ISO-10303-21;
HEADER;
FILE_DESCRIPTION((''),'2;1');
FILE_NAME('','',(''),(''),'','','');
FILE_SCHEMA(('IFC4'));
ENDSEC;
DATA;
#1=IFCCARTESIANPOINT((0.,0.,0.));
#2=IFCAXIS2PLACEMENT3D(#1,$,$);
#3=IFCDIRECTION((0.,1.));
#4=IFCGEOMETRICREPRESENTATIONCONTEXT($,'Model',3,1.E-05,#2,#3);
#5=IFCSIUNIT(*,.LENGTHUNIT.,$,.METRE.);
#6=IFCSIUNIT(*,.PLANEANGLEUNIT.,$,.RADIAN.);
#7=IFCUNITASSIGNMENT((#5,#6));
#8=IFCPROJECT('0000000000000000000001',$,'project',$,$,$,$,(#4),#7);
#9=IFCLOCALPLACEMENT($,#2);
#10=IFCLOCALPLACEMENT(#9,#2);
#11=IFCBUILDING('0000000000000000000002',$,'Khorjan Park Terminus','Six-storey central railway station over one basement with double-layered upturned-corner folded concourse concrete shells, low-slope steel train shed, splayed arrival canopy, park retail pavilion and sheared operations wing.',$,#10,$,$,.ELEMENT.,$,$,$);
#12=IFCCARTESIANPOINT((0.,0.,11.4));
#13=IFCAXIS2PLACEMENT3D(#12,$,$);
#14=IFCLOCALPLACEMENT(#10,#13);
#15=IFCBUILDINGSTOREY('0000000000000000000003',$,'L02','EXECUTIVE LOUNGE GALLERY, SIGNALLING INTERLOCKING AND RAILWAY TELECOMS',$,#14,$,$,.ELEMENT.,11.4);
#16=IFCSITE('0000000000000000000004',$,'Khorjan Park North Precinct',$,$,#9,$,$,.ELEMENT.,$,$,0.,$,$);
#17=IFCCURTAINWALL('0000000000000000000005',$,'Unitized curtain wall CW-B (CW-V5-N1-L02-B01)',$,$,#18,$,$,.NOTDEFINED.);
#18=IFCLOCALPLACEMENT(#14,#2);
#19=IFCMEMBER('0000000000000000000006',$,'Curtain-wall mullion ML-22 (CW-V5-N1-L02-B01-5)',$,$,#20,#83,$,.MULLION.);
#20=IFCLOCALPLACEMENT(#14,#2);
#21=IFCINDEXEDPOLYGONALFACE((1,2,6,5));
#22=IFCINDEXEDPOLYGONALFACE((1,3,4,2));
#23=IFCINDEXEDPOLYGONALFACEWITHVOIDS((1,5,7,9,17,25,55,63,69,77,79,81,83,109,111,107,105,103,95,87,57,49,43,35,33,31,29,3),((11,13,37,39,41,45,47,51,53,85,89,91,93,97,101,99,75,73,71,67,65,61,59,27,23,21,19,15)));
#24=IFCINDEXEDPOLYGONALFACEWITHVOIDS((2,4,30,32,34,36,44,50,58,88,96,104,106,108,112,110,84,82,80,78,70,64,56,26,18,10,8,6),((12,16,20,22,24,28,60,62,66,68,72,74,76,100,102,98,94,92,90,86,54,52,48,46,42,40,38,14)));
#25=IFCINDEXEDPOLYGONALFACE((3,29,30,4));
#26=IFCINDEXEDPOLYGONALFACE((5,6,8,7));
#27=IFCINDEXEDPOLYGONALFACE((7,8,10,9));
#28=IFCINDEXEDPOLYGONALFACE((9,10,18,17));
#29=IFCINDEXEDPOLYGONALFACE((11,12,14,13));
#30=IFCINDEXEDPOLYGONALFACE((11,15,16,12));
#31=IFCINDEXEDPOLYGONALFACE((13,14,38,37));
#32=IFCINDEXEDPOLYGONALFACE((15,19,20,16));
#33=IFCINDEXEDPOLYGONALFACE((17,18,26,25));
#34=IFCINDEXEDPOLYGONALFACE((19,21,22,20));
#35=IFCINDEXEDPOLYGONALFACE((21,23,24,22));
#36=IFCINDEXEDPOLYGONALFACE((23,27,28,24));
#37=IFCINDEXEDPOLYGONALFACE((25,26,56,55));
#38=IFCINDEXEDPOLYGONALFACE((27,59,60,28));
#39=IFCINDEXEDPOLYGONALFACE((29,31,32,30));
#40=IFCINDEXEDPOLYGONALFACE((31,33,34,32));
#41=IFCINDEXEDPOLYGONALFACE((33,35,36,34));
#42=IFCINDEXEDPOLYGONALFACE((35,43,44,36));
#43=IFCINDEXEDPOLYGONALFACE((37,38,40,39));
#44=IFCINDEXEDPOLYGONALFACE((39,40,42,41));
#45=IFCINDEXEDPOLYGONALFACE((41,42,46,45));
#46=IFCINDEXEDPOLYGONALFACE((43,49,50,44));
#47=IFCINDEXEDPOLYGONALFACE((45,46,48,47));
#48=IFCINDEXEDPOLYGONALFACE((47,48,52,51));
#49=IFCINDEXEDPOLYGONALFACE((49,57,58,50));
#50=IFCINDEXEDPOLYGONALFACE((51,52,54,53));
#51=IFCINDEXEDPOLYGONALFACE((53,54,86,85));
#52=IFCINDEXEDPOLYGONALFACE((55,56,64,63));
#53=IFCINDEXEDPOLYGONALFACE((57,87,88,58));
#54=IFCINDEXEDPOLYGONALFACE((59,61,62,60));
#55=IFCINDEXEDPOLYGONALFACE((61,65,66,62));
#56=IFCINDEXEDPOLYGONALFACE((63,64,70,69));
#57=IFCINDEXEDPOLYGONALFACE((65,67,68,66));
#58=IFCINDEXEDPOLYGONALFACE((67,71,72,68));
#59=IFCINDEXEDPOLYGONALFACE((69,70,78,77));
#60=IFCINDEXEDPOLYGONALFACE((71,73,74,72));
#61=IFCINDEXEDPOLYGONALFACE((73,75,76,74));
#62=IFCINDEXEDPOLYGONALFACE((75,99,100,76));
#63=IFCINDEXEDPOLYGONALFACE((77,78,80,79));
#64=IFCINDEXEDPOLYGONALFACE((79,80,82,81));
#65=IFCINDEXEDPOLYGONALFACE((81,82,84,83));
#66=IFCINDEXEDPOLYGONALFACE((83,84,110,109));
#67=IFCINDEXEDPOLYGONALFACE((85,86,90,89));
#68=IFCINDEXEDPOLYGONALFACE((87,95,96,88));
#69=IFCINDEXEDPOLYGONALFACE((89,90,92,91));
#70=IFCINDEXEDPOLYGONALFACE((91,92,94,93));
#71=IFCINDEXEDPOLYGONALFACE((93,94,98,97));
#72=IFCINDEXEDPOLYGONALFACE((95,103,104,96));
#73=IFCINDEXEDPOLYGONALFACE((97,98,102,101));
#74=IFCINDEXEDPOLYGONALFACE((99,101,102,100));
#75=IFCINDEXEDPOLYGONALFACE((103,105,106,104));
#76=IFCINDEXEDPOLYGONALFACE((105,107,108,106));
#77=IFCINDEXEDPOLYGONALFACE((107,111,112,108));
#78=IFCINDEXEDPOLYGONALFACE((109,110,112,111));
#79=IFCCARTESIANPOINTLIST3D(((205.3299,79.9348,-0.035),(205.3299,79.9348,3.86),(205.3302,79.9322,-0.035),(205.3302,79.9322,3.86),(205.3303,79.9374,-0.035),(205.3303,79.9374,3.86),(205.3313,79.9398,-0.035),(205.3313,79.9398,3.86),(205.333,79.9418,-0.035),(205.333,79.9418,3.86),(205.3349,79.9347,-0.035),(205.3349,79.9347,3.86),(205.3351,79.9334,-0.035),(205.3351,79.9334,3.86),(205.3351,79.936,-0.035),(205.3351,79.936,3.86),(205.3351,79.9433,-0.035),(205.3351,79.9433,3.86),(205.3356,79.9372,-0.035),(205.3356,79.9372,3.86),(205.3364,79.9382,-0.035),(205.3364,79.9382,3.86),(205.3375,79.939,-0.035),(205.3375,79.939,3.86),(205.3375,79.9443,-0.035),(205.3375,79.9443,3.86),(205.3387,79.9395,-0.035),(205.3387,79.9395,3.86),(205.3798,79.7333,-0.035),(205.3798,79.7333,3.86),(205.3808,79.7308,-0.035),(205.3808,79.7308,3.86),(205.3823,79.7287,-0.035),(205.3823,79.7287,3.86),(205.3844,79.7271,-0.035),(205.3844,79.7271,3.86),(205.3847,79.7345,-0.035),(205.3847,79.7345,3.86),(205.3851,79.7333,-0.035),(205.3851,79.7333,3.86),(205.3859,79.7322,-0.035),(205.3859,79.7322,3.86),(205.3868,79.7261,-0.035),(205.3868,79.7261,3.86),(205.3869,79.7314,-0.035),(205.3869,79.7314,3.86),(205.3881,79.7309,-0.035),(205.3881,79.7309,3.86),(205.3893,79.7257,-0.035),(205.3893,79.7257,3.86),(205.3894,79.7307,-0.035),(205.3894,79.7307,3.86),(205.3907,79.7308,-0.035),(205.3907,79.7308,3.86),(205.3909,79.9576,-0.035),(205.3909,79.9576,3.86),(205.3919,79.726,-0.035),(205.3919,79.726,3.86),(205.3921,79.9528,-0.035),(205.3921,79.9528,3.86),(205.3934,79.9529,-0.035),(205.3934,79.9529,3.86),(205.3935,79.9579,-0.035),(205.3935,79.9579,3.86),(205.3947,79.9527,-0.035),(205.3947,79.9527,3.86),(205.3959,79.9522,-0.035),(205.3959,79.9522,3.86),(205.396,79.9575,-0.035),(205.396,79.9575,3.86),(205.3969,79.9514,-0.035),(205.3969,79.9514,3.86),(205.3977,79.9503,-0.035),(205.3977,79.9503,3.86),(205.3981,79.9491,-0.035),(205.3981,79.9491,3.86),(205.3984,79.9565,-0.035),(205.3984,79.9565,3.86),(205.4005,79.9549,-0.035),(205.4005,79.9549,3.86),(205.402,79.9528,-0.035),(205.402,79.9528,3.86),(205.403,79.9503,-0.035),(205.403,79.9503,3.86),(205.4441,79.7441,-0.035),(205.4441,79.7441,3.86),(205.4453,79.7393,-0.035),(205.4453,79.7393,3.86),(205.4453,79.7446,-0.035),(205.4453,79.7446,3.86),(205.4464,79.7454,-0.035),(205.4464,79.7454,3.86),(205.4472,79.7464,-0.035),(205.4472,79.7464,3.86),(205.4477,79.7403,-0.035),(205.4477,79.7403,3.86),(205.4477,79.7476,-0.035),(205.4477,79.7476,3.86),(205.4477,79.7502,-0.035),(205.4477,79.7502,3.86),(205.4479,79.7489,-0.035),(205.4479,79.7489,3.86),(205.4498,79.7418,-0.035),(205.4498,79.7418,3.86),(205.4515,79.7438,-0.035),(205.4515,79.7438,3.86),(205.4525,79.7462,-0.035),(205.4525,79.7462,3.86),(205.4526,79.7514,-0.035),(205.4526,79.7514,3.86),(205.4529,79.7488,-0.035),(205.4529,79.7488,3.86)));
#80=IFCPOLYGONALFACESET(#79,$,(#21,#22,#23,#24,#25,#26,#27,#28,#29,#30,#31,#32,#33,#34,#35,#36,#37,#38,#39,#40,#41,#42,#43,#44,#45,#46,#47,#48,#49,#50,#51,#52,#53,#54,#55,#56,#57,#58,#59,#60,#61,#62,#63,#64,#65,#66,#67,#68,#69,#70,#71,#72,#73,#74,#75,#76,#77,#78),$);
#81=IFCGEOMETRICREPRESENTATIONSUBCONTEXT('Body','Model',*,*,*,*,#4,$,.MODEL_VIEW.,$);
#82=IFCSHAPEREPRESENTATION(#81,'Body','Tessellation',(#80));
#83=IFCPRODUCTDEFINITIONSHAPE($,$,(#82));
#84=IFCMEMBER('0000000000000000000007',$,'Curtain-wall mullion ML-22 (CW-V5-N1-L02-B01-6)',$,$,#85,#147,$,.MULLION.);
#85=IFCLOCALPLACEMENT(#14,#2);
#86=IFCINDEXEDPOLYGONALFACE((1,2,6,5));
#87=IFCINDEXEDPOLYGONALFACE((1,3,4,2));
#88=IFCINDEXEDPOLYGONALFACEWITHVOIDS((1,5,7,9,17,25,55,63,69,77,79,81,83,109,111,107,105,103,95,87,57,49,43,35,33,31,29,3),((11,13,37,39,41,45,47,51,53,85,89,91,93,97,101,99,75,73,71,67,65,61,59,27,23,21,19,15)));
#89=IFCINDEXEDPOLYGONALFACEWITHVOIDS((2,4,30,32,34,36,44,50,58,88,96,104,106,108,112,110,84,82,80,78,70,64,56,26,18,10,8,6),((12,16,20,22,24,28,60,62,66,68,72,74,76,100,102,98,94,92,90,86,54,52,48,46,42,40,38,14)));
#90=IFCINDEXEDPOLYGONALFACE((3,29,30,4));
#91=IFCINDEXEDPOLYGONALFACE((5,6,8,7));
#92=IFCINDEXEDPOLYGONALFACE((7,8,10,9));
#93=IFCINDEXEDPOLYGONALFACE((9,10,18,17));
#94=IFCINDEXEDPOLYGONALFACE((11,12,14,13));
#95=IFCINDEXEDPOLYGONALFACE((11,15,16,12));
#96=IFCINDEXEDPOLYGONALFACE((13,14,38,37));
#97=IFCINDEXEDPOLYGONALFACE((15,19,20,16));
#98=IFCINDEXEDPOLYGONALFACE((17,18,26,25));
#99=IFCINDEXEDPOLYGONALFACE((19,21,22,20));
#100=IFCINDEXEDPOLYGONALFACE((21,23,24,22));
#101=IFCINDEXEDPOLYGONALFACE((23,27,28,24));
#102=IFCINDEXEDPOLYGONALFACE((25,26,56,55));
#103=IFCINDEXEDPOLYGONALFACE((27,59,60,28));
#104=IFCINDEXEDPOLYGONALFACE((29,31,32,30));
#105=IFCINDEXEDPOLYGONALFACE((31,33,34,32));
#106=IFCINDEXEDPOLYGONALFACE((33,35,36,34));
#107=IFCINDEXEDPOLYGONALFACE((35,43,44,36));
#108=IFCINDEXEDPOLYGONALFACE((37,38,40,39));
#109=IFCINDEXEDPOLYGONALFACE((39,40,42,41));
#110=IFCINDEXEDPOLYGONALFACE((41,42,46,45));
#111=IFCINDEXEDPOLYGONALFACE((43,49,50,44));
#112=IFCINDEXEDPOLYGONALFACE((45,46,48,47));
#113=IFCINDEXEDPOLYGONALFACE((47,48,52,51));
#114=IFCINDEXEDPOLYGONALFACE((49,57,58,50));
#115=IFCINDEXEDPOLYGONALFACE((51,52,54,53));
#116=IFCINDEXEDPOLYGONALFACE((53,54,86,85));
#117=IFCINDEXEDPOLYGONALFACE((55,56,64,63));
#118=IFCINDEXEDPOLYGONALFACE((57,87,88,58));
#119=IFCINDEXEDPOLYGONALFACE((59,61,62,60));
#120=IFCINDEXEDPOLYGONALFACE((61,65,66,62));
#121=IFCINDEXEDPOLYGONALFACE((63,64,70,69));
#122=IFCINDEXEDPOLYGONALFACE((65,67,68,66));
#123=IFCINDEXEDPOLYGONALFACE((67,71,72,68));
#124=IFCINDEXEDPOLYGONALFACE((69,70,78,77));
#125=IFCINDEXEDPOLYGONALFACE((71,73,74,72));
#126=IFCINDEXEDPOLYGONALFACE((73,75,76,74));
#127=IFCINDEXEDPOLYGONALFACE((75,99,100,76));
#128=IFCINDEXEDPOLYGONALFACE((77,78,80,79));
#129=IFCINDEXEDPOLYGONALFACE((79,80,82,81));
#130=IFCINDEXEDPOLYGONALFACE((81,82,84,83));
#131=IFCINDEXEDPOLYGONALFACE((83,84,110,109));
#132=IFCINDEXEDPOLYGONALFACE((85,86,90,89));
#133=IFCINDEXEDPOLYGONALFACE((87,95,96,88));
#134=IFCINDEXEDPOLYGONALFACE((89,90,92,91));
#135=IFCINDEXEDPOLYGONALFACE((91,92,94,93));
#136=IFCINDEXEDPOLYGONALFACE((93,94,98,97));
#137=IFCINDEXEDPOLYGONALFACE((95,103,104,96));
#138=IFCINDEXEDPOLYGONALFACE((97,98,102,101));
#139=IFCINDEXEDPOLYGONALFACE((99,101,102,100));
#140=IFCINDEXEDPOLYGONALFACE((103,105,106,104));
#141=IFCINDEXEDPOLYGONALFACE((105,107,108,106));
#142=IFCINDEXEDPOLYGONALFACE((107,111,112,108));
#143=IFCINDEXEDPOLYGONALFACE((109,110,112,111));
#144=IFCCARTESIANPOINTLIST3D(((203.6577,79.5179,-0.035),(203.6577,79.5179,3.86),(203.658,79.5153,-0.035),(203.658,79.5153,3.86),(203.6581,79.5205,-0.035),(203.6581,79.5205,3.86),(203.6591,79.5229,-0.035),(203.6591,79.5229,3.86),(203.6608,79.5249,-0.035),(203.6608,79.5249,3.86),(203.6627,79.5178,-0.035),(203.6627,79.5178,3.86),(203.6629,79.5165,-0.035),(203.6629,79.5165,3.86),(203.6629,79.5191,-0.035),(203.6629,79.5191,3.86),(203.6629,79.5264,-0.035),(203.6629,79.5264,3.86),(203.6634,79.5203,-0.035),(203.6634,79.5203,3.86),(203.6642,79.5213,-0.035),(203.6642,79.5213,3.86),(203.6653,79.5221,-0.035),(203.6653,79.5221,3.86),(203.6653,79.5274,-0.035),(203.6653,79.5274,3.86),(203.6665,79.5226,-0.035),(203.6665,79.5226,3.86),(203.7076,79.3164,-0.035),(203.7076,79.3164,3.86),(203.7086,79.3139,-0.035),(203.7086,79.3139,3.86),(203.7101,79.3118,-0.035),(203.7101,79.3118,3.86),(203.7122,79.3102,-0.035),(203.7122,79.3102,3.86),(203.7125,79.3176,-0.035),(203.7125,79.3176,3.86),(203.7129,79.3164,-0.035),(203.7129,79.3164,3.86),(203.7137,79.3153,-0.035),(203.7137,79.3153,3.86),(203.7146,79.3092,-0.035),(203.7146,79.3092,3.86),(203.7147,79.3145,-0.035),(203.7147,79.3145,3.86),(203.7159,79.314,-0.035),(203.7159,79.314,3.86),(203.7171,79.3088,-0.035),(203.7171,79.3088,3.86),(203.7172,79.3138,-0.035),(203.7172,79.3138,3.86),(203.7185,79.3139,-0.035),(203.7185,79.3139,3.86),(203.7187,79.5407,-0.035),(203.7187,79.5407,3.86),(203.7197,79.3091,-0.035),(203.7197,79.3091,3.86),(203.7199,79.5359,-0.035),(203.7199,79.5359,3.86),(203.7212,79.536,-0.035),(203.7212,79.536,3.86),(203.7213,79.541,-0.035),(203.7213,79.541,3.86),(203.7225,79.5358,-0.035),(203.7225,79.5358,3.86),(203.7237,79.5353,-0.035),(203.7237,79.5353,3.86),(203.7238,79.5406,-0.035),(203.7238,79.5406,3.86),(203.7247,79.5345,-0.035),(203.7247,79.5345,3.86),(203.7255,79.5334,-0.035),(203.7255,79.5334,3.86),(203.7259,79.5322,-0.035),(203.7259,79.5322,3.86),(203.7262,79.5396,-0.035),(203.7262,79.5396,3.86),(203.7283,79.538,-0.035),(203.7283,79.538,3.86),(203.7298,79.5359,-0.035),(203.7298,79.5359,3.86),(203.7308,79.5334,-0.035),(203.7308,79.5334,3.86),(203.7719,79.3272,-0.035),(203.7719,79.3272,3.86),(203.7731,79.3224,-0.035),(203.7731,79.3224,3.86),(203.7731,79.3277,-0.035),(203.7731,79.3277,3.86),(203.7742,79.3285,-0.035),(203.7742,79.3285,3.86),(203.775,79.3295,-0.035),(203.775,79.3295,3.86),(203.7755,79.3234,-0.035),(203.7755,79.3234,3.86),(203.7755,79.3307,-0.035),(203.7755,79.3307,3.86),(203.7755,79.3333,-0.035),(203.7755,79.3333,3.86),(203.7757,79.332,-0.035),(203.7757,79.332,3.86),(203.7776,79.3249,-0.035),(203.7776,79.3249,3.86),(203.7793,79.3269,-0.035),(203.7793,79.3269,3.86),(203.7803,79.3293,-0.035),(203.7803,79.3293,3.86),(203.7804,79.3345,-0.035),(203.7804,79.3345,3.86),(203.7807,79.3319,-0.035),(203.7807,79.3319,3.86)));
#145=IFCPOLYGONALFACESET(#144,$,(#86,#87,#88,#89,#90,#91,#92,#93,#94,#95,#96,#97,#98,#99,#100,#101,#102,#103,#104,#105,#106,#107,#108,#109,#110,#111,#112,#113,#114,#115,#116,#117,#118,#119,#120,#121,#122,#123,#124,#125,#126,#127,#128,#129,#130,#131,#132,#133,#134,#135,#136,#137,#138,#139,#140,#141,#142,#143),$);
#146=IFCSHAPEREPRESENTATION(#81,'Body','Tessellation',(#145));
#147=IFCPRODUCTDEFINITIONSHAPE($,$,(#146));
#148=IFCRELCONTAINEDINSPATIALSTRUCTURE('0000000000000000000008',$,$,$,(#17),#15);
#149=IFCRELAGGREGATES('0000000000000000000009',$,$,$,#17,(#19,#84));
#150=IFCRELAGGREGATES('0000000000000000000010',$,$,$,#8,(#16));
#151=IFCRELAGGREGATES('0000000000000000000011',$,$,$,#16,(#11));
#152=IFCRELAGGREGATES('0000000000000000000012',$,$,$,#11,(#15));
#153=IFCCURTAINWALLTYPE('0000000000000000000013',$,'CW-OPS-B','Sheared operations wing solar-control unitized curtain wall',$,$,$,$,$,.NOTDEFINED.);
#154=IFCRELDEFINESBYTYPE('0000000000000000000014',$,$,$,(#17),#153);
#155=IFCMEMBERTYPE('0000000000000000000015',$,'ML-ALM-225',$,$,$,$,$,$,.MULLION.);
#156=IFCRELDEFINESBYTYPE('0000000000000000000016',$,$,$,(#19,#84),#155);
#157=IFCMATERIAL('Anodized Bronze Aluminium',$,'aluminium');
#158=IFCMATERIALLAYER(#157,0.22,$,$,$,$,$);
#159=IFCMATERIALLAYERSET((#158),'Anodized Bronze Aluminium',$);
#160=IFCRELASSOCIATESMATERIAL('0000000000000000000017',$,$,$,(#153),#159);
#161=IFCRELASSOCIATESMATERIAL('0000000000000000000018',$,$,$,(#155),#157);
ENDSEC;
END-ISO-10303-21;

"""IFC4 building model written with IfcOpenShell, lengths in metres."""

from ifc_helpers import new_model, si_unit, direction, frame, origin, origin_2d, place, context, subcontext, project, spatial, hollow_rectangle, extrude, material, layer, layer_set, material_profile, profile_set, type_object, element, aggregate, save


model = new_model("IFC4")

# Units and contexts
model_context = context("Model", 3, precision=1e-05, world=origin(), true_north=direction((0.0, 1.0)))
body_context = subcontext(model_context, "Body", "Model", "MODEL_VIEW")
ifc_project = project(units=[si_unit("LENGTHUNIT", "METRE"), si_unit("PLANEANGLEUNIT", "RADIAN")], contexts=[model_context])

# Site, building, storey
site_placement = place(None, origin())
site = spatial("IfcSite", under=ifc_project, at=site_placement, Name="Khorjan Park North Precinct", CompositionType="ELEMENT", RefElevation=0.0)
building_placement = place(site_placement, origin())
building = spatial("IfcBuilding", under=site, at=building_placement, Name="Khorjan Park Terminus", Description="Six-storey central railway station over one basement with double-layered upturned-corner folded concourse concrete shells, low-slope steel train shed, splayed arrival canopy, park retail pavilion and sheared operations wing.", CompositionType="ELEMENT")
storey_placement = place(building_placement, frame((0.0, 0.0, 11.4)))
storey = spatial("IfcBuildingStorey", under=building, at=storey_placement, Name="L02", Description="EXECUTIVE LOUNGE GALLERY, SIGNALLING INTERLOCKING AND RAILWAY TELECOMS", CompositionType="ELEMENT", Elevation=11.4)

# Curtain wall, members
ifc_material_1 = material(Name="Anodized Bronze Aluminium", Category="aluminium")
ifc_layer_1 = layer(ifc_material_1, 0.22)
ifc_layer_set_1 = layer_set([ifc_layer_1], Name="Anodized Bronze Aluminium")
curtain_wall_type = type_object("IfcCurtainWallType", Name="CW-OPS-B", Description="Sheared operations wing solar-control unitized curtain wall", PredefinedType="NOTDEFINED", material=ifc_layer_set_1)
curtain_wall_placement = place(storey_placement, origin())
curtain_wall = element("IfcCurtainWall", 1, at=curtain_wall_placement, inside=storey, type_object=curtain_wall_type, Name="Unitized curtain wall CW-B (CW-V5-N1-L02-B01)", PredefinedType="NOTDEFINED")
ifc_material_profile_1 = material_profile(ifc_material_1, hollow_rectangle(XDim=0.075, YDim=0.225, WallThickness=0.005, InnerFilletRadius=0.005, OuterFilletRadius=0.01, at=origin_2d()), Name="ALM 75x225x5")
ifc_profile_set_1 = profile_set([ifc_material_profile_1], Name="Anodized Bronze Aluminium")
member_type_1 = type_object("IfcMemberType", Name="ML-ALM-225", PredefinedType="MULLION", material=ifc_profile_set_1)
member_1_placement = place(storey_placement, frame((205.3914, 79.8418, -0.035), z_axis=(0.0, 0.0, 1.0), x_axis=(-0.970294, -0.241928, 0.0)))
member_1 = element("IfcMember", 2, at=member_1_placement, type_object=member_type_1, Name="Curtain-wall mullion ML-22 (CW-V5-N1-L02-B01-5)", PredefinedType="MULLION", context=body_context, shape_type="SweptSolid", body=[
    extrude(hollow_rectangle(XDim=0.075, YDim=0.225, WallThickness=0.005, InnerFilletRadius=0.005, OuterFilletRadius=0.01, at=origin_2d()), origin(), (0.0, 0.0, 1.0), 3.895),
])
member_2_placement = place(storey_placement, frame((203.7192, 79.4249, -0.035), z_axis=(0.0, 0.0, 1.0), x_axis=(-0.970294, -0.241928, 0.0)))
member_2 = element("IfcMember", 3, at=member_2_placement, type_object=member_type_1, Name="Curtain-wall mullion ML-22 (CW-V5-N1-L02-B01-6)", PredefinedType="MULLION", context=body_context, shape_type="SweptSolid", body=[
    extrude(hollow_rectangle(XDim=0.075, YDim=0.225, WallThickness=0.005, InnerFilletRadius=0.005, OuterFilletRadius=0.01, at=origin_2d()), origin(), (0.0, 0.0, 1.0), 3.895),
])
aggregate(curtain_wall, [member_1, member_2])

save(model, "model.ifc")
